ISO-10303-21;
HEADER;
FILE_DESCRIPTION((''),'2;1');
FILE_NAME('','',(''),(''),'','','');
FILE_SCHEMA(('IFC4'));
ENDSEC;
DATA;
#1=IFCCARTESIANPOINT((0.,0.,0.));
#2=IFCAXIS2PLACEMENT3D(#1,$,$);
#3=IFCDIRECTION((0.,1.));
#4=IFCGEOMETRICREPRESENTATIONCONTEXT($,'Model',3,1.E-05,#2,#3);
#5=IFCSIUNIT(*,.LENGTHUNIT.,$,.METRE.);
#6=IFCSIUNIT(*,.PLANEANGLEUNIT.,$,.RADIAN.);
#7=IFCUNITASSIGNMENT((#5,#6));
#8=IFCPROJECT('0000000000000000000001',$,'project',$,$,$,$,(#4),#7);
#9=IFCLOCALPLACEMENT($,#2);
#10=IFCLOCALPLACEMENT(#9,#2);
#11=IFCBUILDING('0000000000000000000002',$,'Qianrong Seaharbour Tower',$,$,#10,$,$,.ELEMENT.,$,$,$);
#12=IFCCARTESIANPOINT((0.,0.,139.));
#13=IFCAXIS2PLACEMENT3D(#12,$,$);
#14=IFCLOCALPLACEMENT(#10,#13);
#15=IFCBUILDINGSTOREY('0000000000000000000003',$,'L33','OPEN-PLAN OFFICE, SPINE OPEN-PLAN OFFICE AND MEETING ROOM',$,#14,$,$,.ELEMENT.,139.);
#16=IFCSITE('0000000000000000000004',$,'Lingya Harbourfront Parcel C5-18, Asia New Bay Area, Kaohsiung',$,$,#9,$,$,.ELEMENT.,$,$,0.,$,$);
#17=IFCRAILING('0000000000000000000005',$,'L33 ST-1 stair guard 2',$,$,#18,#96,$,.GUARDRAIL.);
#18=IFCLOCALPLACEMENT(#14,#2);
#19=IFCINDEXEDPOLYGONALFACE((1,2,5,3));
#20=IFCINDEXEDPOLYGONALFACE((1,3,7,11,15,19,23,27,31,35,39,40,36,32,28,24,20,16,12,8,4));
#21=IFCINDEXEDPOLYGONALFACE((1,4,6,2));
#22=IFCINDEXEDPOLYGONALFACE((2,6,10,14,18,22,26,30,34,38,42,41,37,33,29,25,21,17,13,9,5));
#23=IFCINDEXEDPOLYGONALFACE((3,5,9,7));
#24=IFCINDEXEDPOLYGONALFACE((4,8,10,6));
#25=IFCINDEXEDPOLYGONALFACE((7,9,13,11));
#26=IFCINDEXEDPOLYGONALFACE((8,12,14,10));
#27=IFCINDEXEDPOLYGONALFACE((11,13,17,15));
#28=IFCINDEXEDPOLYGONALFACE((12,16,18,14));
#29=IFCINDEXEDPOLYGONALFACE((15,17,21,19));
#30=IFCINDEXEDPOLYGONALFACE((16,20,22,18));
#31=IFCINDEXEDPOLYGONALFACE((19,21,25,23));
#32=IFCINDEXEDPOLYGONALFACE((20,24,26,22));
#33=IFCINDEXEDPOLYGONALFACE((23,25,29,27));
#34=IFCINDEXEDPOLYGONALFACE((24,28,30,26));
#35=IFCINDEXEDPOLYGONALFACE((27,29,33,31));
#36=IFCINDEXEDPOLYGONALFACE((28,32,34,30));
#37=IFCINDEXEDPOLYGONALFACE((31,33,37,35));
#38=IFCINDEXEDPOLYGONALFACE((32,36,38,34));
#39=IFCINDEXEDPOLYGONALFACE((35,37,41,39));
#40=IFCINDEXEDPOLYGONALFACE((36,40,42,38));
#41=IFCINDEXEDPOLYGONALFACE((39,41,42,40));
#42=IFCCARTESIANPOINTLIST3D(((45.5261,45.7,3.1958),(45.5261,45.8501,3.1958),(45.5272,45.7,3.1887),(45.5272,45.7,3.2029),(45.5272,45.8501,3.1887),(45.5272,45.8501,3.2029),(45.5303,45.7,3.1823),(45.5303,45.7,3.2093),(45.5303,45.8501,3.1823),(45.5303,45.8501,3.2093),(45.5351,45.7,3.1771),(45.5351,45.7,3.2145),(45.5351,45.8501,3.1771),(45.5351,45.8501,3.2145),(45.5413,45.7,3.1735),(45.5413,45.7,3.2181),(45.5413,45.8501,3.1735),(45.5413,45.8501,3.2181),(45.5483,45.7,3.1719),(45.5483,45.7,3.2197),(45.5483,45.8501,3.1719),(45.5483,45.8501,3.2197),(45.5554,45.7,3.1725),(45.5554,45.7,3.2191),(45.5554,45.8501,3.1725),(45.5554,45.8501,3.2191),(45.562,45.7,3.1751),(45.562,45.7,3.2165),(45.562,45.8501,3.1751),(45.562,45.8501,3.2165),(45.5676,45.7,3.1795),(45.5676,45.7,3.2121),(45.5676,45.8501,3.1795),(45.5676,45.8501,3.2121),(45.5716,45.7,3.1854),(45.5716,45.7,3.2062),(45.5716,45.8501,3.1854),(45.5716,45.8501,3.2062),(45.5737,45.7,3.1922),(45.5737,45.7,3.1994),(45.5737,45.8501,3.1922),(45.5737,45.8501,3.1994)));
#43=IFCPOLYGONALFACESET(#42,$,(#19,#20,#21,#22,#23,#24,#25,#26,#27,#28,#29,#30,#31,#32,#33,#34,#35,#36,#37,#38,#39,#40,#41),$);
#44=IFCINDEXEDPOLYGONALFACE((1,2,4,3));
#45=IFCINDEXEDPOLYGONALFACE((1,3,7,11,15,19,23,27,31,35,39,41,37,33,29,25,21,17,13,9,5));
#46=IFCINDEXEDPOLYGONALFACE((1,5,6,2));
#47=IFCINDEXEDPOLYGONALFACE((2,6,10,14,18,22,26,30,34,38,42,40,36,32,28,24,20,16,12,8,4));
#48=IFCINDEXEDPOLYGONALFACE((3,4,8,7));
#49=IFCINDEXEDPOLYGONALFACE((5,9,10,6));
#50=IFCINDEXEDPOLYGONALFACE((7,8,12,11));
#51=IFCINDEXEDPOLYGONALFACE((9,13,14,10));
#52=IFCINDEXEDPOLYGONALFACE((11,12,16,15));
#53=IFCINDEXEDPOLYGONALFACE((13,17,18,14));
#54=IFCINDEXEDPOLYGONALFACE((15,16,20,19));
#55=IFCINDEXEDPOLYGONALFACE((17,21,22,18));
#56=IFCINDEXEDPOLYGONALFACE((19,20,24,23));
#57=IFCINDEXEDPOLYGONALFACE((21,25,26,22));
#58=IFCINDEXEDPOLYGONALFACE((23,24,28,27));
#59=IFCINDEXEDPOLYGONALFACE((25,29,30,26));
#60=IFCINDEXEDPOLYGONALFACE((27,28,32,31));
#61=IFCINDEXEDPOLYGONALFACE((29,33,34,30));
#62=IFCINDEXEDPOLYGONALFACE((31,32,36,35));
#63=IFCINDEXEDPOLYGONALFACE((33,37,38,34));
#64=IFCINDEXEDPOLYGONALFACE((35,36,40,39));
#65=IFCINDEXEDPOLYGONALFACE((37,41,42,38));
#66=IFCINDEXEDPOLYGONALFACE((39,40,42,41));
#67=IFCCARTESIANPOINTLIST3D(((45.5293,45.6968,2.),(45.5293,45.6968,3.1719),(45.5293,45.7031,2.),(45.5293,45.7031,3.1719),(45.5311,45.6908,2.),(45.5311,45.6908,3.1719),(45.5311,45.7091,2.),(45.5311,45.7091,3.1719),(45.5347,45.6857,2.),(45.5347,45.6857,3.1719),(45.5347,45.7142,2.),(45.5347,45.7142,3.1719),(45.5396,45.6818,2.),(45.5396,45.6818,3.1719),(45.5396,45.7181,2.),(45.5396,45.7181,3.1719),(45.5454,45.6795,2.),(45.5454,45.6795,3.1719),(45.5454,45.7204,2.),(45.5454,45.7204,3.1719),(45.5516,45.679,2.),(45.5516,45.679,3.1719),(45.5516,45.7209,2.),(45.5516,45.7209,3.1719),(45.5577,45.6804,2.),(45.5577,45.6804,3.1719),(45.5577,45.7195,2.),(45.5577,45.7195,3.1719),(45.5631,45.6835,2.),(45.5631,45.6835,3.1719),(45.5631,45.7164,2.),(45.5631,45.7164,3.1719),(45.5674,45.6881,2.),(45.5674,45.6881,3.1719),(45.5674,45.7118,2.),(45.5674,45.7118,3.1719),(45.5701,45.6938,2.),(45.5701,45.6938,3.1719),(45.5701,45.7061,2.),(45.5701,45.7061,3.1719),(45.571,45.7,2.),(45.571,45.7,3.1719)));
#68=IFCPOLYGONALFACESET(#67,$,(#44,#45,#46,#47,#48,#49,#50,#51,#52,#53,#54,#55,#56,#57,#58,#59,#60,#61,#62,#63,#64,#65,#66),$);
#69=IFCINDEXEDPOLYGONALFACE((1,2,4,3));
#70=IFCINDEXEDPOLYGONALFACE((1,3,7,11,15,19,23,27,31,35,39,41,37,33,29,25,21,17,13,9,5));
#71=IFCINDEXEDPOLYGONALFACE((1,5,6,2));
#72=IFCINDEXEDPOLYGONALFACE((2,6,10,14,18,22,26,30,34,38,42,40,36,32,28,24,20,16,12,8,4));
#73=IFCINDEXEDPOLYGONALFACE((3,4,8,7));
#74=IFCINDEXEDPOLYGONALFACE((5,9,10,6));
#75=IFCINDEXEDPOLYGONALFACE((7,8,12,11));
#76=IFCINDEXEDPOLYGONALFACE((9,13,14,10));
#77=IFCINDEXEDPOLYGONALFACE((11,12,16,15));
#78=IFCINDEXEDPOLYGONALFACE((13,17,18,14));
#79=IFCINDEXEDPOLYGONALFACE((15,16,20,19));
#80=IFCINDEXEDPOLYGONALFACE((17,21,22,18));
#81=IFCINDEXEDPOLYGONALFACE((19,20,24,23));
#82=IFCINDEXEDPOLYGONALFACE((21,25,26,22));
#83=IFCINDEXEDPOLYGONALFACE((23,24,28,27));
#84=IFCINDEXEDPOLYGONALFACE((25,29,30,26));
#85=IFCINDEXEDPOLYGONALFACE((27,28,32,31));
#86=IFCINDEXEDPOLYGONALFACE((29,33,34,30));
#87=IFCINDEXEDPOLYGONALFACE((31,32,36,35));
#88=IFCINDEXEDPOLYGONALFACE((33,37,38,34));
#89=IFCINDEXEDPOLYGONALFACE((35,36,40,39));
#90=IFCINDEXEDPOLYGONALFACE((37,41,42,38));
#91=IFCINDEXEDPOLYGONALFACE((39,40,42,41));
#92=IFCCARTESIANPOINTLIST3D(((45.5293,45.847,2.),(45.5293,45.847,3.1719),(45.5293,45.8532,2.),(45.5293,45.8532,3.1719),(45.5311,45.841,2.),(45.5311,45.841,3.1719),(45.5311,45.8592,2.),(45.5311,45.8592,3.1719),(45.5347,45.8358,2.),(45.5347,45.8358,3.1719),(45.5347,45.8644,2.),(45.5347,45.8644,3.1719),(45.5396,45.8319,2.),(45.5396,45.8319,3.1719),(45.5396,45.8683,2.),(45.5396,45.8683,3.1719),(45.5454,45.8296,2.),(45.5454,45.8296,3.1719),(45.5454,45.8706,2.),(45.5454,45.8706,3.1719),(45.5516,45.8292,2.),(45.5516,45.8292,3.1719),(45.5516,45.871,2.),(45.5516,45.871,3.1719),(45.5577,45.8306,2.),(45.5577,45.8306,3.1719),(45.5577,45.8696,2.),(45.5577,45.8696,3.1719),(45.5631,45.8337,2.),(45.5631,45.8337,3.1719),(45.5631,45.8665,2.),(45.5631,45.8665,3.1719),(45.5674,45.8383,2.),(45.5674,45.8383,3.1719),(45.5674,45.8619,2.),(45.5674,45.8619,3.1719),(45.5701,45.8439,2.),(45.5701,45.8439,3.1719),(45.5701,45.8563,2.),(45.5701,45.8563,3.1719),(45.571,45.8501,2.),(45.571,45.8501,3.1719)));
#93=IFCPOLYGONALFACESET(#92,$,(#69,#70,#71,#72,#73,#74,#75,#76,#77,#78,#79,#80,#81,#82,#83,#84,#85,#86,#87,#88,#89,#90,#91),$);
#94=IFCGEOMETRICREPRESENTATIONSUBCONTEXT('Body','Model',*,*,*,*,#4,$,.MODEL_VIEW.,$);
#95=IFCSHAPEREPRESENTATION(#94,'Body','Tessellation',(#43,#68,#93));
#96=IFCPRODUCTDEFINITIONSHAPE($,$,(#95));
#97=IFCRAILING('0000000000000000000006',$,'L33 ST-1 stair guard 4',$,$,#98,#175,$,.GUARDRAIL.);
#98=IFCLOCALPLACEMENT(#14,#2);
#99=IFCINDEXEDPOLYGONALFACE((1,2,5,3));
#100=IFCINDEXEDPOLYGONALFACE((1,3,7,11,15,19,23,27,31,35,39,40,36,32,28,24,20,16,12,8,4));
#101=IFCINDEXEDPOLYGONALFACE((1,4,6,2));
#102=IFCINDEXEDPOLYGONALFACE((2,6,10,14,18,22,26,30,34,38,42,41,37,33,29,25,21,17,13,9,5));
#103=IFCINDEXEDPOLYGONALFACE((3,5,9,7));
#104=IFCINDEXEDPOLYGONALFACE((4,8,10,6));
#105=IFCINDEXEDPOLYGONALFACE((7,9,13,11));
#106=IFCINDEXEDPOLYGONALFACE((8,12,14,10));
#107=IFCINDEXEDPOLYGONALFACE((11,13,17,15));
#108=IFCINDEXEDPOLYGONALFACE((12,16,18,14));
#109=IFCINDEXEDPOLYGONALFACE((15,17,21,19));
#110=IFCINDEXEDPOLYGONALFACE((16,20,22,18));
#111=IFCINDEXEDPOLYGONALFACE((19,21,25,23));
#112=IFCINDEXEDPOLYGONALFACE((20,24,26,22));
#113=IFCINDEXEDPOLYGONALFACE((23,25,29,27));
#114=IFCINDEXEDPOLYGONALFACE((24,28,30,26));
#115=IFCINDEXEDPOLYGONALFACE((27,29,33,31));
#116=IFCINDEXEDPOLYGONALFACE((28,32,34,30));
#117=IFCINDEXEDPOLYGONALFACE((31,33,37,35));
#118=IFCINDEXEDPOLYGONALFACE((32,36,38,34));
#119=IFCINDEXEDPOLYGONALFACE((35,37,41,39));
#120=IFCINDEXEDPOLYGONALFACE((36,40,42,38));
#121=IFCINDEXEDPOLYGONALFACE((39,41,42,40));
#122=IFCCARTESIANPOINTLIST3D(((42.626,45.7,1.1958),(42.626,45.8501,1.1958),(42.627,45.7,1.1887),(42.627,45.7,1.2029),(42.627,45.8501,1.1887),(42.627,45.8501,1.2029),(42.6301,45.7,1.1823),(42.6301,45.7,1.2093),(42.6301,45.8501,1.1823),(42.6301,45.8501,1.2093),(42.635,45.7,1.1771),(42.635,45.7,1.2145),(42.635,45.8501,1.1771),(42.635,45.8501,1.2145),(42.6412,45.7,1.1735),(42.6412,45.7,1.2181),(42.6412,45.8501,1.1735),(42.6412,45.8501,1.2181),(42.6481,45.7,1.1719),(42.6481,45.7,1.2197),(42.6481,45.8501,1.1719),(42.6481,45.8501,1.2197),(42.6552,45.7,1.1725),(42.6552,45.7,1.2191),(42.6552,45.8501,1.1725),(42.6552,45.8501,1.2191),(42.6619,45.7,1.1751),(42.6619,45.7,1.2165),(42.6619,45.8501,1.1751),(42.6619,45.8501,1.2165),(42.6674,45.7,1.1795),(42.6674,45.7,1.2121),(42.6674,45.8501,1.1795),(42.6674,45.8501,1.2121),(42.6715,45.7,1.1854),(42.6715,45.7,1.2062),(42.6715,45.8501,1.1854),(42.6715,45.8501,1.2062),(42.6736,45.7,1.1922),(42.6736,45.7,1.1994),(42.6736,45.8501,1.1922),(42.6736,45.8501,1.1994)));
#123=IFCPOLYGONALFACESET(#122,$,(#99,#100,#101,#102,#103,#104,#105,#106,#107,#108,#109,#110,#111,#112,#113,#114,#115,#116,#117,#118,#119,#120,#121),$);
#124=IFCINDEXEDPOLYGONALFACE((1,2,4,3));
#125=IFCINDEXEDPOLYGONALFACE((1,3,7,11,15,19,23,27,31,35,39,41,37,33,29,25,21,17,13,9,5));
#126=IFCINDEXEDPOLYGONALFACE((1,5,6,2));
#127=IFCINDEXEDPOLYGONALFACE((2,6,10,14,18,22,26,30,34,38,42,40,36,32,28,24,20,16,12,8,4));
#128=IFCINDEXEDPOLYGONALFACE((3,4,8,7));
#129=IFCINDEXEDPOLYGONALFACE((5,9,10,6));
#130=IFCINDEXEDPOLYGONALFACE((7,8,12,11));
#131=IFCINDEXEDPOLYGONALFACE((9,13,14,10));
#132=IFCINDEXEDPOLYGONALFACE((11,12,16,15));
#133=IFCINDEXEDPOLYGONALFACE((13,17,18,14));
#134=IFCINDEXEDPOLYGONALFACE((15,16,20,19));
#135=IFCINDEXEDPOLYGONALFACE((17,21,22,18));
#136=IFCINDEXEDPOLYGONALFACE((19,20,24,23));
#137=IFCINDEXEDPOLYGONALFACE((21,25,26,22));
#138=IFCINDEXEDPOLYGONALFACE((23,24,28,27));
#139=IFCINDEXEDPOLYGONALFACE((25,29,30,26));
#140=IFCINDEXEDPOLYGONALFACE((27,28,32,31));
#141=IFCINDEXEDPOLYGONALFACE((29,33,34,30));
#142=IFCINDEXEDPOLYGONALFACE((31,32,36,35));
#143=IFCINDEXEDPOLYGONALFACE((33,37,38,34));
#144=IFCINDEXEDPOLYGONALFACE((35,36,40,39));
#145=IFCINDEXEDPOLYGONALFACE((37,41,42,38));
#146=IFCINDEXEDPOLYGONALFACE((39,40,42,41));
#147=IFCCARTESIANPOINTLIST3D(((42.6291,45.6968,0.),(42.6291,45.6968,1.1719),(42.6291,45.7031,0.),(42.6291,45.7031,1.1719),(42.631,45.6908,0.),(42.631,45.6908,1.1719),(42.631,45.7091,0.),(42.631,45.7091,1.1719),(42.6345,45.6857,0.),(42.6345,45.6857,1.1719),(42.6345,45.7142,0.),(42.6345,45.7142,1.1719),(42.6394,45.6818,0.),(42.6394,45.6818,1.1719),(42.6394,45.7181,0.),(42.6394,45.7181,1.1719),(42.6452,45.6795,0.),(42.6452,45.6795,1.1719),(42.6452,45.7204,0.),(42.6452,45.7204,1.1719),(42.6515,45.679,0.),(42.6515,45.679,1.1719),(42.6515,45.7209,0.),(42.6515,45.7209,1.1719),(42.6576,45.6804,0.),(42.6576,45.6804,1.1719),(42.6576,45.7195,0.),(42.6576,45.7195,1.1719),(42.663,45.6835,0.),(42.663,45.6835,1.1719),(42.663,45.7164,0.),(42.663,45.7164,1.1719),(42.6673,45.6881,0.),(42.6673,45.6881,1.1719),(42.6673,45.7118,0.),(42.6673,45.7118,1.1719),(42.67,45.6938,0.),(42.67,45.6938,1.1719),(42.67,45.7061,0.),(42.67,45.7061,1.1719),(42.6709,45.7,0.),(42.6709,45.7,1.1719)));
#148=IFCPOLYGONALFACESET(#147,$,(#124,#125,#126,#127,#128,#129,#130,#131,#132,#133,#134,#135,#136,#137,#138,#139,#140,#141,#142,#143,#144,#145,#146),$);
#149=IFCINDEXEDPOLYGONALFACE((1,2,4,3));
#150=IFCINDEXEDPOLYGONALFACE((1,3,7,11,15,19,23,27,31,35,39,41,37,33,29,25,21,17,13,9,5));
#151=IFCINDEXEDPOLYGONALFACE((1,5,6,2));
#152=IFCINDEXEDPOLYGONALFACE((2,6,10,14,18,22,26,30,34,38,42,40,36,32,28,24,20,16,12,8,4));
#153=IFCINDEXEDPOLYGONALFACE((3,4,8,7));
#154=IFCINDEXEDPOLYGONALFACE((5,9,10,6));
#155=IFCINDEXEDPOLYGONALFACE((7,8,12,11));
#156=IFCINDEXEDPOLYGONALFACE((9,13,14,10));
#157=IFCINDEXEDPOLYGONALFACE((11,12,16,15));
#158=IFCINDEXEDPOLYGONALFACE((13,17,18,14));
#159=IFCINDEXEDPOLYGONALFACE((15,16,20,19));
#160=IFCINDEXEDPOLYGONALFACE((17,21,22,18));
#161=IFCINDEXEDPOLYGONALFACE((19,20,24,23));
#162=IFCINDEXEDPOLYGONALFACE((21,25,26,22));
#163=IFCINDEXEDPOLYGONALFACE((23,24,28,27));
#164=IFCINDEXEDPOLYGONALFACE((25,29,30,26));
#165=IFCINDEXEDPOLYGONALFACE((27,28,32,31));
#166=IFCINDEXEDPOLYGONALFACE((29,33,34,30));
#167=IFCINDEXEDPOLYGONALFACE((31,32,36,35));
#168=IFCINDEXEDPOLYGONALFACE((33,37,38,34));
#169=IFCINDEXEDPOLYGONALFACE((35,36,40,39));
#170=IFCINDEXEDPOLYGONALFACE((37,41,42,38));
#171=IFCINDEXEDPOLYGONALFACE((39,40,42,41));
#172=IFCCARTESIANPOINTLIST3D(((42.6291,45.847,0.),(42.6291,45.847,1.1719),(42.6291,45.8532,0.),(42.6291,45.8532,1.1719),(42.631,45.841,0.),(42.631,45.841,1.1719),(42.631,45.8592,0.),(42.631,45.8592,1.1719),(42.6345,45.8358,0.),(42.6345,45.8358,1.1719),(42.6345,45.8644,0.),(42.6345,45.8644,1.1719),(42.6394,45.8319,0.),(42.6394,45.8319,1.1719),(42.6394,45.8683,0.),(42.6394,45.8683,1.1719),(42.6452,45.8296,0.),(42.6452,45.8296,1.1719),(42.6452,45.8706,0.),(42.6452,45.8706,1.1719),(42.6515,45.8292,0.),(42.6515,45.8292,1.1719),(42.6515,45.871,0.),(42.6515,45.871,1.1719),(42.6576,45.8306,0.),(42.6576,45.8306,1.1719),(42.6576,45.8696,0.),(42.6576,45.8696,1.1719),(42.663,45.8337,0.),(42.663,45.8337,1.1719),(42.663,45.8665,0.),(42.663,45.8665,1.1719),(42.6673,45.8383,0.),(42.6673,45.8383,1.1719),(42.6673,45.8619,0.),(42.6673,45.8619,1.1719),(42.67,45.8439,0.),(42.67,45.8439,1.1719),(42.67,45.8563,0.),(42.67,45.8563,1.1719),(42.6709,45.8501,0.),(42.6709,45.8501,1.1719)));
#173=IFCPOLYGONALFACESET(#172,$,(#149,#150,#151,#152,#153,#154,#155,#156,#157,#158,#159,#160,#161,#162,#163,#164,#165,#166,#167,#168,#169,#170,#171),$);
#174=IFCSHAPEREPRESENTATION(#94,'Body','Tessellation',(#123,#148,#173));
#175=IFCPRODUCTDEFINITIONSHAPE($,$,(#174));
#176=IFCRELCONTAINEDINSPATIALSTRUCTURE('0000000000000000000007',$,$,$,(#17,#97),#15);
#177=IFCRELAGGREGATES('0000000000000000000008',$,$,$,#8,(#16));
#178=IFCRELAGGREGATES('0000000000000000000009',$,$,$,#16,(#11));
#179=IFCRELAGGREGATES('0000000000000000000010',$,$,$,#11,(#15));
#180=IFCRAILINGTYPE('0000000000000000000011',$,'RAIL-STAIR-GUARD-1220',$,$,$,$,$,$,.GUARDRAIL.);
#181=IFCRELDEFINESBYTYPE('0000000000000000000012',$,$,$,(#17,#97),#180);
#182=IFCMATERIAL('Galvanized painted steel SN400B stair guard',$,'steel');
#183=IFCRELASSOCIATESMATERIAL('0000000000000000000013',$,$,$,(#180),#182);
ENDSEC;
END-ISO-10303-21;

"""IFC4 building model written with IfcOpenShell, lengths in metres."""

from ifc_helpers import new_model, si_unit, direction, frame, origin, origin_2d, place, context, subcontext, project, spatial, circle, extrude, material, type_object, element, save


model = new_model("IFC4")

# Units and contexts
model_context = context("Model", 3, precision=1e-05, world=origin(), true_north=direction((0.0, 1.0)))
body_context = subcontext(model_context, "Body", "Model", "MODEL_VIEW")
ifc_project = project(units=[si_unit("LENGTHUNIT", "METRE"), si_unit("PLANEANGLEUNIT", "RADIAN")], contexts=[model_context])

# Site, building, storey
site_placement = place(None, origin())
site = spatial("IfcSite", under=ifc_project, at=site_placement, Name="Lingya Harbourfront Parcel C5-18, Asia New Bay Area, Kaohsiung", CompositionType="ELEMENT", RefElevation=0.0)
building_placement = place(site_placement, origin())
building = spatial("IfcBuilding", under=site, at=building_placement, Name="Qianrong Seaharbour Tower", CompositionType="ELEMENT")
storey_placement = place(building_placement, frame((0.0, 0.0, 139.0)))
storey = spatial("IfcBuildingStorey", under=building, at=storey_placement, Name="L33", Description="OPEN-PLAN OFFICE, SPINE OPEN-PLAN OFFICE AND MEETING ROOM", CompositionType="ELEMENT", Elevation=139.0)

# Railings
ifc_material_1 = material(Name="Galvanized painted steel SN400B stair guard", Category="steel")
railing_type_1 = type_object("IfcRailingType", Name="RAIL-STAIR-GUARD-1220", PredefinedType="GUARDRAIL", material=ifc_material_1)
for number, where, name in (
    (1, (45.55, 45.7, 2.0), "L33 ST-1 stair guard 2"),
    (2, (42.6499, 45.7, 0.0), "L33 ST-1 stair guard 4"),
):
    element("IfcRailing", number, at=place(storey_placement, frame(where)), inside=storey, type_object=railing_type_1, Name=name, PredefinedType="GUARDRAIL", context=body_context, shape_type="SweptSolid", body=[
        extrude(circle(Radius=0.0239, at=origin_2d()), frame((0.0, 0.0, 1.1958), z_axis=(0.0, 1.0, 0.0), x_axis=(-1.0, 0.0, 0.0)), (0.0, 0.0, 1.0), 0.1501),
        extrude(circle(Radius=0.021, at=origin_2d()), origin(), (0.0, 0.0, 1.0), 1.1719),
        extrude(circle(Radius=0.021, at=origin_2d()), frame((0.0, 0.1501, 0.0)), (0.0, 0.0, 1.0), 1.1719),
    ])

save(model, "model.ifc")
